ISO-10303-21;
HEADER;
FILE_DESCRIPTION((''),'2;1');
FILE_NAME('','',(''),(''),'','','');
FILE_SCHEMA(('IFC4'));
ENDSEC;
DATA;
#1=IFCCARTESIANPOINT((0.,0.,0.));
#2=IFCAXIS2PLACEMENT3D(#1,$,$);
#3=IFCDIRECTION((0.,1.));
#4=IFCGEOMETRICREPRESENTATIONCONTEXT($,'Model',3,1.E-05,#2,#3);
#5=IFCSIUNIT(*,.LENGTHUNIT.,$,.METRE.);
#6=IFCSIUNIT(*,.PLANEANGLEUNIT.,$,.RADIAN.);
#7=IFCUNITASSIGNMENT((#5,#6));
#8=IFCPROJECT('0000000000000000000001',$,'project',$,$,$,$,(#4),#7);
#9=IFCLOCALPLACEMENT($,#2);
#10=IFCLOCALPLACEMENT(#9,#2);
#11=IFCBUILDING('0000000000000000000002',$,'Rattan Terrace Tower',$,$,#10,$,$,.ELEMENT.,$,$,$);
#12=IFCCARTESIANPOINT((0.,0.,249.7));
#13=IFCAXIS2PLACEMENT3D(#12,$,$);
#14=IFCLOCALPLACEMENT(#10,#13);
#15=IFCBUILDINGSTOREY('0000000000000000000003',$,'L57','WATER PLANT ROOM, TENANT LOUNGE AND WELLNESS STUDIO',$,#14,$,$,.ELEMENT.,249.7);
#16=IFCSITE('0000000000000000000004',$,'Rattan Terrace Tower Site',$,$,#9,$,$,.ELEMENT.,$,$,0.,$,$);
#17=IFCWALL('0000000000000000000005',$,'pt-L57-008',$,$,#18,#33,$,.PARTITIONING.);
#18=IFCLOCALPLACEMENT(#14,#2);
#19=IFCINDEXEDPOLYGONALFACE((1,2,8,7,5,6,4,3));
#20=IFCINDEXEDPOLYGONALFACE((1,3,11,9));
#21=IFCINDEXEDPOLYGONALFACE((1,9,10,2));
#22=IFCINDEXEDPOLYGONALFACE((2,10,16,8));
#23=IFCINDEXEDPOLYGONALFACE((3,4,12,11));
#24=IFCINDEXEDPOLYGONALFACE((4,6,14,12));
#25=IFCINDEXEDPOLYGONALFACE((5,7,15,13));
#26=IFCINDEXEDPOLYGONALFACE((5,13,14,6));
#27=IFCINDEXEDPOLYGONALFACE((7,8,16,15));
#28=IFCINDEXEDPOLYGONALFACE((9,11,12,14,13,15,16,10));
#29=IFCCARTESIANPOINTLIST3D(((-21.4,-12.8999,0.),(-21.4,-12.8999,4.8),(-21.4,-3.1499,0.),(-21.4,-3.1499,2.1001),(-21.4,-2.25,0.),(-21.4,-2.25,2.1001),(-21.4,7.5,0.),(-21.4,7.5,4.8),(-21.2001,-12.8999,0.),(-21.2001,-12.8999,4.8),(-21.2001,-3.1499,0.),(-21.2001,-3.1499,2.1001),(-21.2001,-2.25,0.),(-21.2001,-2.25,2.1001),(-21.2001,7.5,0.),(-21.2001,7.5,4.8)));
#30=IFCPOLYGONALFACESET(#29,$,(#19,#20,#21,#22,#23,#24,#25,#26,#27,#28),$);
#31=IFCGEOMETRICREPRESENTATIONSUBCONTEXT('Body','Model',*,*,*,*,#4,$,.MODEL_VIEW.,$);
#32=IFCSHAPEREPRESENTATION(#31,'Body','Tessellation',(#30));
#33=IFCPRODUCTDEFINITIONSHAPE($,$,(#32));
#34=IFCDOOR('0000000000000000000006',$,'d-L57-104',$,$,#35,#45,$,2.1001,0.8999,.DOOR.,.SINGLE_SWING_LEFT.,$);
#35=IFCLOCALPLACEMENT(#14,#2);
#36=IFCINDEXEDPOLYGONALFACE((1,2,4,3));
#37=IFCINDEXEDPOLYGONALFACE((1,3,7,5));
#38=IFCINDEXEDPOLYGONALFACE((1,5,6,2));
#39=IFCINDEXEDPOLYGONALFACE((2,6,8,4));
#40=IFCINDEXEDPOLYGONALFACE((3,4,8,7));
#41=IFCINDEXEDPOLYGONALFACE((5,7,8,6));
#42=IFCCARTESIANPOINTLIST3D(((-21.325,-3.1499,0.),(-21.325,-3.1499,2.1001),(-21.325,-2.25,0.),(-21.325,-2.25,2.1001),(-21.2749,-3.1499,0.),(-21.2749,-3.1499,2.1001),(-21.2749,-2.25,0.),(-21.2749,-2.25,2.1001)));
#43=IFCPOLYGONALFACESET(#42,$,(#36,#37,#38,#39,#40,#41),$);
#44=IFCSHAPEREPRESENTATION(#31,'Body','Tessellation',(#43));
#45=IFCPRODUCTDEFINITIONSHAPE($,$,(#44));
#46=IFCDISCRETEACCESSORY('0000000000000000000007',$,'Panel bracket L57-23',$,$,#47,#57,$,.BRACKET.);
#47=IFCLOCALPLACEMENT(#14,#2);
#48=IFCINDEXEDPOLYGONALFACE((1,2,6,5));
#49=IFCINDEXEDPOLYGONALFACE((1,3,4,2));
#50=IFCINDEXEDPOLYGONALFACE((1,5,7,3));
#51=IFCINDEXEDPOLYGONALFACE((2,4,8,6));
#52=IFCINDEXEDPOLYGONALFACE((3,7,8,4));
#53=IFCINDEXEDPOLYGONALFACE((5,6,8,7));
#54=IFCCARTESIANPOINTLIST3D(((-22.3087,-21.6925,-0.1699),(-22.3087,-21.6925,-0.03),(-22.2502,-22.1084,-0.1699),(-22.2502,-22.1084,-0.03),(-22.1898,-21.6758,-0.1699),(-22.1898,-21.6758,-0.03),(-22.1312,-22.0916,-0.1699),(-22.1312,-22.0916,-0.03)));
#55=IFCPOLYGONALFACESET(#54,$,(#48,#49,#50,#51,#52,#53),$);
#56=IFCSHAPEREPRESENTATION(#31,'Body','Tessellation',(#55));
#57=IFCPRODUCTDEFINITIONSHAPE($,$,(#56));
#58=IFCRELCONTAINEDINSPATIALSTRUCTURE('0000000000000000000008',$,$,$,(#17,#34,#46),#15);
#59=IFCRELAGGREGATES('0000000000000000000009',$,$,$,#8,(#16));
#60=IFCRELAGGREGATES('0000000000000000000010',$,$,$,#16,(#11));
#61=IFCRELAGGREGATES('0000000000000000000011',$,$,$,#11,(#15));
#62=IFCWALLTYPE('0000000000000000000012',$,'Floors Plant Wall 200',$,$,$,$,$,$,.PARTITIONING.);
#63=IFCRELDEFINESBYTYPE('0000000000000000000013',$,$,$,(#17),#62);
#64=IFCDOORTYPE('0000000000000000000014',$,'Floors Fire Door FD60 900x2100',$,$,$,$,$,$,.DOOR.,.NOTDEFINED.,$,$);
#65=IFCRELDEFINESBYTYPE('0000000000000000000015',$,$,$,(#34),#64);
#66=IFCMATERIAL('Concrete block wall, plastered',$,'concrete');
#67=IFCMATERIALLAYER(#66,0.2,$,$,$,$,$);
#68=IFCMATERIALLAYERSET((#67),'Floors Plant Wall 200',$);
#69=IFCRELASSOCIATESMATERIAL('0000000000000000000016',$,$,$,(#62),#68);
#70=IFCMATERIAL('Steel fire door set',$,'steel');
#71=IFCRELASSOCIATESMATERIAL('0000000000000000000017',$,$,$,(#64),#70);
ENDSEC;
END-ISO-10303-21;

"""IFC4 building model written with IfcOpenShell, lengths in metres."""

from ifc_helpers import new_model, si_unit, direction, frame, frame_2d, origin, origin_2d, place, context, subcontext, project, spatial, rectangle, extrude, material, layer, layer_set, type_object, element, fill, save


model = new_model("IFC4")

# Units and contexts
model_context = context("Model", 3, precision=1e-05, world=origin(), true_north=direction((0.0, 1.0)))
body_context = subcontext(model_context, "Body", "Model", "MODEL_VIEW")
ifc_project = project(units=[si_unit("LENGTHUNIT", "METRE"), si_unit("PLANEANGLEUNIT", "RADIAN")], contexts=[model_context])

# Site, building, storey
site_placement = place(None, origin())
site = spatial("IfcSite", under=ifc_project, at=site_placement, Name="Rattan Terrace Tower Site", CompositionType="ELEMENT", RefElevation=0.0)
building_placement = place(site_placement, origin())
building = spatial("IfcBuilding", under=site, at=building_placement, Name="Rattan Terrace Tower", CompositionType="ELEMENT")
storey_placement = place(building_placement, frame((0.0, 0.0, 249.7)))
storey = spatial("IfcBuildingStorey", under=building, at=storey_placement, Name="L57", Description="WATER PLANT ROOM, TENANT LOUNGE AND WELLNESS STUDIO", CompositionType="ELEMENT", Elevation=249.7)

# Wall, opening, door
ifc_material_1 = material(Name="Concrete block wall, plastered", Category="concrete")
ifc_layer_1 = layer(ifc_material_1, 0.2)
ifc_layer_set_1 = layer_set([ifc_layer_1], Name="Floors Plant Wall 200")
wall_type_1 = type_object("IfcWallType", Name="Floors Plant Wall 200", PredefinedType="PARTITIONING", material=ifc_layer_set_1)
wall_1_placement = place(storey_placement, frame((-21.3, -12.8999, 0.0), z_axis=(0.0, 0.0, 1.0), x_axis=(0.0, 1.0, 0.0)))
wall_1 = element("IfcWall", 1, at=wall_1_placement, inside=storey, type_object=wall_type_1, Name="pt-L57-008", PredefinedType="PARTITIONING", context=body_context, shape_type="SweptSolid", body=[
    extrude(rectangle(XDim=20.3999, YDim=0.2, at=frame_2d((10.2, 0.0))), origin(), (0.0, 0.0, 1.0), 4.8),
])
opening_placement = place(wall_1_placement, frame((9.75, 0.0, 0.0)))
opening = element("IfcOpeningElement", 2, at=opening_placement, cuts=wall_1, PredefinedType="OPENING", context=body_context, shape_type="SweptSolid", body=[
    extrude(rectangle(XDim=0.8999, YDim=2.1001, at=frame_2d((0.45, 1.05))), frame((0.0, 0.1106, 0.0), z_axis=(0.0, -1.0, 0.0), x_axis=(1.0, 0.0, 0.0)), (0.0, 0.0, 1.0), 0.2209),
])
ifc_material_2 = material(Name="Steel fire door set", Category="steel")
door_type = type_object("IfcDoorType", Name="Floors Fire Door FD60 900x2100", OperationType="NOTDEFINED", PredefinedType="DOOR", material=ifc_material_2)
door_placement = place(opening_placement, origin())
door = element("IfcDoor", 3, at=door_placement, inside=storey, type_object=door_type, Name="d-L57-104", OperationType="SINGLE_SWING_LEFT", OverallHeight=2.1001, OverallWidth=0.8999, PredefinedType="DOOR", context=body_context, shape_type="SweptSolid", body=[
    extrude(rectangle(XDim=0.8999, YDim=2.1001, at=frame_2d((0.45, 1.05))), frame((0.0, 0.0249, 0.0), z_axis=(0.0, -1.0, 0.0), x_axis=(1.0, 0.0, 0.0)), (0.0, 0.0, 1.0), 0.05),
])
fill(opening, door)

# Discrete accessory
discrete_accessory_placement = place(storey_placement, frame((-22.22, -21.8921, -0.1699), z_axis=(0.0, 0.0, 1.0), x_axis=(0.990241, 0.139367, 0.0)))
element("IfcDiscreteAccessory", 4, at=discrete_accessory_placement, inside=storey, Name="Panel bracket L57-23", PredefinedType="BRACKET", context=body_context, shape_type="SweptSolid", body=[
    extrude(rectangle(XDim=0.1201, YDim=0.4199, at=origin_2d()), origin(), (0.0, 0.0, 1.0), 0.1399),
])

save(model, "model.ifc")
